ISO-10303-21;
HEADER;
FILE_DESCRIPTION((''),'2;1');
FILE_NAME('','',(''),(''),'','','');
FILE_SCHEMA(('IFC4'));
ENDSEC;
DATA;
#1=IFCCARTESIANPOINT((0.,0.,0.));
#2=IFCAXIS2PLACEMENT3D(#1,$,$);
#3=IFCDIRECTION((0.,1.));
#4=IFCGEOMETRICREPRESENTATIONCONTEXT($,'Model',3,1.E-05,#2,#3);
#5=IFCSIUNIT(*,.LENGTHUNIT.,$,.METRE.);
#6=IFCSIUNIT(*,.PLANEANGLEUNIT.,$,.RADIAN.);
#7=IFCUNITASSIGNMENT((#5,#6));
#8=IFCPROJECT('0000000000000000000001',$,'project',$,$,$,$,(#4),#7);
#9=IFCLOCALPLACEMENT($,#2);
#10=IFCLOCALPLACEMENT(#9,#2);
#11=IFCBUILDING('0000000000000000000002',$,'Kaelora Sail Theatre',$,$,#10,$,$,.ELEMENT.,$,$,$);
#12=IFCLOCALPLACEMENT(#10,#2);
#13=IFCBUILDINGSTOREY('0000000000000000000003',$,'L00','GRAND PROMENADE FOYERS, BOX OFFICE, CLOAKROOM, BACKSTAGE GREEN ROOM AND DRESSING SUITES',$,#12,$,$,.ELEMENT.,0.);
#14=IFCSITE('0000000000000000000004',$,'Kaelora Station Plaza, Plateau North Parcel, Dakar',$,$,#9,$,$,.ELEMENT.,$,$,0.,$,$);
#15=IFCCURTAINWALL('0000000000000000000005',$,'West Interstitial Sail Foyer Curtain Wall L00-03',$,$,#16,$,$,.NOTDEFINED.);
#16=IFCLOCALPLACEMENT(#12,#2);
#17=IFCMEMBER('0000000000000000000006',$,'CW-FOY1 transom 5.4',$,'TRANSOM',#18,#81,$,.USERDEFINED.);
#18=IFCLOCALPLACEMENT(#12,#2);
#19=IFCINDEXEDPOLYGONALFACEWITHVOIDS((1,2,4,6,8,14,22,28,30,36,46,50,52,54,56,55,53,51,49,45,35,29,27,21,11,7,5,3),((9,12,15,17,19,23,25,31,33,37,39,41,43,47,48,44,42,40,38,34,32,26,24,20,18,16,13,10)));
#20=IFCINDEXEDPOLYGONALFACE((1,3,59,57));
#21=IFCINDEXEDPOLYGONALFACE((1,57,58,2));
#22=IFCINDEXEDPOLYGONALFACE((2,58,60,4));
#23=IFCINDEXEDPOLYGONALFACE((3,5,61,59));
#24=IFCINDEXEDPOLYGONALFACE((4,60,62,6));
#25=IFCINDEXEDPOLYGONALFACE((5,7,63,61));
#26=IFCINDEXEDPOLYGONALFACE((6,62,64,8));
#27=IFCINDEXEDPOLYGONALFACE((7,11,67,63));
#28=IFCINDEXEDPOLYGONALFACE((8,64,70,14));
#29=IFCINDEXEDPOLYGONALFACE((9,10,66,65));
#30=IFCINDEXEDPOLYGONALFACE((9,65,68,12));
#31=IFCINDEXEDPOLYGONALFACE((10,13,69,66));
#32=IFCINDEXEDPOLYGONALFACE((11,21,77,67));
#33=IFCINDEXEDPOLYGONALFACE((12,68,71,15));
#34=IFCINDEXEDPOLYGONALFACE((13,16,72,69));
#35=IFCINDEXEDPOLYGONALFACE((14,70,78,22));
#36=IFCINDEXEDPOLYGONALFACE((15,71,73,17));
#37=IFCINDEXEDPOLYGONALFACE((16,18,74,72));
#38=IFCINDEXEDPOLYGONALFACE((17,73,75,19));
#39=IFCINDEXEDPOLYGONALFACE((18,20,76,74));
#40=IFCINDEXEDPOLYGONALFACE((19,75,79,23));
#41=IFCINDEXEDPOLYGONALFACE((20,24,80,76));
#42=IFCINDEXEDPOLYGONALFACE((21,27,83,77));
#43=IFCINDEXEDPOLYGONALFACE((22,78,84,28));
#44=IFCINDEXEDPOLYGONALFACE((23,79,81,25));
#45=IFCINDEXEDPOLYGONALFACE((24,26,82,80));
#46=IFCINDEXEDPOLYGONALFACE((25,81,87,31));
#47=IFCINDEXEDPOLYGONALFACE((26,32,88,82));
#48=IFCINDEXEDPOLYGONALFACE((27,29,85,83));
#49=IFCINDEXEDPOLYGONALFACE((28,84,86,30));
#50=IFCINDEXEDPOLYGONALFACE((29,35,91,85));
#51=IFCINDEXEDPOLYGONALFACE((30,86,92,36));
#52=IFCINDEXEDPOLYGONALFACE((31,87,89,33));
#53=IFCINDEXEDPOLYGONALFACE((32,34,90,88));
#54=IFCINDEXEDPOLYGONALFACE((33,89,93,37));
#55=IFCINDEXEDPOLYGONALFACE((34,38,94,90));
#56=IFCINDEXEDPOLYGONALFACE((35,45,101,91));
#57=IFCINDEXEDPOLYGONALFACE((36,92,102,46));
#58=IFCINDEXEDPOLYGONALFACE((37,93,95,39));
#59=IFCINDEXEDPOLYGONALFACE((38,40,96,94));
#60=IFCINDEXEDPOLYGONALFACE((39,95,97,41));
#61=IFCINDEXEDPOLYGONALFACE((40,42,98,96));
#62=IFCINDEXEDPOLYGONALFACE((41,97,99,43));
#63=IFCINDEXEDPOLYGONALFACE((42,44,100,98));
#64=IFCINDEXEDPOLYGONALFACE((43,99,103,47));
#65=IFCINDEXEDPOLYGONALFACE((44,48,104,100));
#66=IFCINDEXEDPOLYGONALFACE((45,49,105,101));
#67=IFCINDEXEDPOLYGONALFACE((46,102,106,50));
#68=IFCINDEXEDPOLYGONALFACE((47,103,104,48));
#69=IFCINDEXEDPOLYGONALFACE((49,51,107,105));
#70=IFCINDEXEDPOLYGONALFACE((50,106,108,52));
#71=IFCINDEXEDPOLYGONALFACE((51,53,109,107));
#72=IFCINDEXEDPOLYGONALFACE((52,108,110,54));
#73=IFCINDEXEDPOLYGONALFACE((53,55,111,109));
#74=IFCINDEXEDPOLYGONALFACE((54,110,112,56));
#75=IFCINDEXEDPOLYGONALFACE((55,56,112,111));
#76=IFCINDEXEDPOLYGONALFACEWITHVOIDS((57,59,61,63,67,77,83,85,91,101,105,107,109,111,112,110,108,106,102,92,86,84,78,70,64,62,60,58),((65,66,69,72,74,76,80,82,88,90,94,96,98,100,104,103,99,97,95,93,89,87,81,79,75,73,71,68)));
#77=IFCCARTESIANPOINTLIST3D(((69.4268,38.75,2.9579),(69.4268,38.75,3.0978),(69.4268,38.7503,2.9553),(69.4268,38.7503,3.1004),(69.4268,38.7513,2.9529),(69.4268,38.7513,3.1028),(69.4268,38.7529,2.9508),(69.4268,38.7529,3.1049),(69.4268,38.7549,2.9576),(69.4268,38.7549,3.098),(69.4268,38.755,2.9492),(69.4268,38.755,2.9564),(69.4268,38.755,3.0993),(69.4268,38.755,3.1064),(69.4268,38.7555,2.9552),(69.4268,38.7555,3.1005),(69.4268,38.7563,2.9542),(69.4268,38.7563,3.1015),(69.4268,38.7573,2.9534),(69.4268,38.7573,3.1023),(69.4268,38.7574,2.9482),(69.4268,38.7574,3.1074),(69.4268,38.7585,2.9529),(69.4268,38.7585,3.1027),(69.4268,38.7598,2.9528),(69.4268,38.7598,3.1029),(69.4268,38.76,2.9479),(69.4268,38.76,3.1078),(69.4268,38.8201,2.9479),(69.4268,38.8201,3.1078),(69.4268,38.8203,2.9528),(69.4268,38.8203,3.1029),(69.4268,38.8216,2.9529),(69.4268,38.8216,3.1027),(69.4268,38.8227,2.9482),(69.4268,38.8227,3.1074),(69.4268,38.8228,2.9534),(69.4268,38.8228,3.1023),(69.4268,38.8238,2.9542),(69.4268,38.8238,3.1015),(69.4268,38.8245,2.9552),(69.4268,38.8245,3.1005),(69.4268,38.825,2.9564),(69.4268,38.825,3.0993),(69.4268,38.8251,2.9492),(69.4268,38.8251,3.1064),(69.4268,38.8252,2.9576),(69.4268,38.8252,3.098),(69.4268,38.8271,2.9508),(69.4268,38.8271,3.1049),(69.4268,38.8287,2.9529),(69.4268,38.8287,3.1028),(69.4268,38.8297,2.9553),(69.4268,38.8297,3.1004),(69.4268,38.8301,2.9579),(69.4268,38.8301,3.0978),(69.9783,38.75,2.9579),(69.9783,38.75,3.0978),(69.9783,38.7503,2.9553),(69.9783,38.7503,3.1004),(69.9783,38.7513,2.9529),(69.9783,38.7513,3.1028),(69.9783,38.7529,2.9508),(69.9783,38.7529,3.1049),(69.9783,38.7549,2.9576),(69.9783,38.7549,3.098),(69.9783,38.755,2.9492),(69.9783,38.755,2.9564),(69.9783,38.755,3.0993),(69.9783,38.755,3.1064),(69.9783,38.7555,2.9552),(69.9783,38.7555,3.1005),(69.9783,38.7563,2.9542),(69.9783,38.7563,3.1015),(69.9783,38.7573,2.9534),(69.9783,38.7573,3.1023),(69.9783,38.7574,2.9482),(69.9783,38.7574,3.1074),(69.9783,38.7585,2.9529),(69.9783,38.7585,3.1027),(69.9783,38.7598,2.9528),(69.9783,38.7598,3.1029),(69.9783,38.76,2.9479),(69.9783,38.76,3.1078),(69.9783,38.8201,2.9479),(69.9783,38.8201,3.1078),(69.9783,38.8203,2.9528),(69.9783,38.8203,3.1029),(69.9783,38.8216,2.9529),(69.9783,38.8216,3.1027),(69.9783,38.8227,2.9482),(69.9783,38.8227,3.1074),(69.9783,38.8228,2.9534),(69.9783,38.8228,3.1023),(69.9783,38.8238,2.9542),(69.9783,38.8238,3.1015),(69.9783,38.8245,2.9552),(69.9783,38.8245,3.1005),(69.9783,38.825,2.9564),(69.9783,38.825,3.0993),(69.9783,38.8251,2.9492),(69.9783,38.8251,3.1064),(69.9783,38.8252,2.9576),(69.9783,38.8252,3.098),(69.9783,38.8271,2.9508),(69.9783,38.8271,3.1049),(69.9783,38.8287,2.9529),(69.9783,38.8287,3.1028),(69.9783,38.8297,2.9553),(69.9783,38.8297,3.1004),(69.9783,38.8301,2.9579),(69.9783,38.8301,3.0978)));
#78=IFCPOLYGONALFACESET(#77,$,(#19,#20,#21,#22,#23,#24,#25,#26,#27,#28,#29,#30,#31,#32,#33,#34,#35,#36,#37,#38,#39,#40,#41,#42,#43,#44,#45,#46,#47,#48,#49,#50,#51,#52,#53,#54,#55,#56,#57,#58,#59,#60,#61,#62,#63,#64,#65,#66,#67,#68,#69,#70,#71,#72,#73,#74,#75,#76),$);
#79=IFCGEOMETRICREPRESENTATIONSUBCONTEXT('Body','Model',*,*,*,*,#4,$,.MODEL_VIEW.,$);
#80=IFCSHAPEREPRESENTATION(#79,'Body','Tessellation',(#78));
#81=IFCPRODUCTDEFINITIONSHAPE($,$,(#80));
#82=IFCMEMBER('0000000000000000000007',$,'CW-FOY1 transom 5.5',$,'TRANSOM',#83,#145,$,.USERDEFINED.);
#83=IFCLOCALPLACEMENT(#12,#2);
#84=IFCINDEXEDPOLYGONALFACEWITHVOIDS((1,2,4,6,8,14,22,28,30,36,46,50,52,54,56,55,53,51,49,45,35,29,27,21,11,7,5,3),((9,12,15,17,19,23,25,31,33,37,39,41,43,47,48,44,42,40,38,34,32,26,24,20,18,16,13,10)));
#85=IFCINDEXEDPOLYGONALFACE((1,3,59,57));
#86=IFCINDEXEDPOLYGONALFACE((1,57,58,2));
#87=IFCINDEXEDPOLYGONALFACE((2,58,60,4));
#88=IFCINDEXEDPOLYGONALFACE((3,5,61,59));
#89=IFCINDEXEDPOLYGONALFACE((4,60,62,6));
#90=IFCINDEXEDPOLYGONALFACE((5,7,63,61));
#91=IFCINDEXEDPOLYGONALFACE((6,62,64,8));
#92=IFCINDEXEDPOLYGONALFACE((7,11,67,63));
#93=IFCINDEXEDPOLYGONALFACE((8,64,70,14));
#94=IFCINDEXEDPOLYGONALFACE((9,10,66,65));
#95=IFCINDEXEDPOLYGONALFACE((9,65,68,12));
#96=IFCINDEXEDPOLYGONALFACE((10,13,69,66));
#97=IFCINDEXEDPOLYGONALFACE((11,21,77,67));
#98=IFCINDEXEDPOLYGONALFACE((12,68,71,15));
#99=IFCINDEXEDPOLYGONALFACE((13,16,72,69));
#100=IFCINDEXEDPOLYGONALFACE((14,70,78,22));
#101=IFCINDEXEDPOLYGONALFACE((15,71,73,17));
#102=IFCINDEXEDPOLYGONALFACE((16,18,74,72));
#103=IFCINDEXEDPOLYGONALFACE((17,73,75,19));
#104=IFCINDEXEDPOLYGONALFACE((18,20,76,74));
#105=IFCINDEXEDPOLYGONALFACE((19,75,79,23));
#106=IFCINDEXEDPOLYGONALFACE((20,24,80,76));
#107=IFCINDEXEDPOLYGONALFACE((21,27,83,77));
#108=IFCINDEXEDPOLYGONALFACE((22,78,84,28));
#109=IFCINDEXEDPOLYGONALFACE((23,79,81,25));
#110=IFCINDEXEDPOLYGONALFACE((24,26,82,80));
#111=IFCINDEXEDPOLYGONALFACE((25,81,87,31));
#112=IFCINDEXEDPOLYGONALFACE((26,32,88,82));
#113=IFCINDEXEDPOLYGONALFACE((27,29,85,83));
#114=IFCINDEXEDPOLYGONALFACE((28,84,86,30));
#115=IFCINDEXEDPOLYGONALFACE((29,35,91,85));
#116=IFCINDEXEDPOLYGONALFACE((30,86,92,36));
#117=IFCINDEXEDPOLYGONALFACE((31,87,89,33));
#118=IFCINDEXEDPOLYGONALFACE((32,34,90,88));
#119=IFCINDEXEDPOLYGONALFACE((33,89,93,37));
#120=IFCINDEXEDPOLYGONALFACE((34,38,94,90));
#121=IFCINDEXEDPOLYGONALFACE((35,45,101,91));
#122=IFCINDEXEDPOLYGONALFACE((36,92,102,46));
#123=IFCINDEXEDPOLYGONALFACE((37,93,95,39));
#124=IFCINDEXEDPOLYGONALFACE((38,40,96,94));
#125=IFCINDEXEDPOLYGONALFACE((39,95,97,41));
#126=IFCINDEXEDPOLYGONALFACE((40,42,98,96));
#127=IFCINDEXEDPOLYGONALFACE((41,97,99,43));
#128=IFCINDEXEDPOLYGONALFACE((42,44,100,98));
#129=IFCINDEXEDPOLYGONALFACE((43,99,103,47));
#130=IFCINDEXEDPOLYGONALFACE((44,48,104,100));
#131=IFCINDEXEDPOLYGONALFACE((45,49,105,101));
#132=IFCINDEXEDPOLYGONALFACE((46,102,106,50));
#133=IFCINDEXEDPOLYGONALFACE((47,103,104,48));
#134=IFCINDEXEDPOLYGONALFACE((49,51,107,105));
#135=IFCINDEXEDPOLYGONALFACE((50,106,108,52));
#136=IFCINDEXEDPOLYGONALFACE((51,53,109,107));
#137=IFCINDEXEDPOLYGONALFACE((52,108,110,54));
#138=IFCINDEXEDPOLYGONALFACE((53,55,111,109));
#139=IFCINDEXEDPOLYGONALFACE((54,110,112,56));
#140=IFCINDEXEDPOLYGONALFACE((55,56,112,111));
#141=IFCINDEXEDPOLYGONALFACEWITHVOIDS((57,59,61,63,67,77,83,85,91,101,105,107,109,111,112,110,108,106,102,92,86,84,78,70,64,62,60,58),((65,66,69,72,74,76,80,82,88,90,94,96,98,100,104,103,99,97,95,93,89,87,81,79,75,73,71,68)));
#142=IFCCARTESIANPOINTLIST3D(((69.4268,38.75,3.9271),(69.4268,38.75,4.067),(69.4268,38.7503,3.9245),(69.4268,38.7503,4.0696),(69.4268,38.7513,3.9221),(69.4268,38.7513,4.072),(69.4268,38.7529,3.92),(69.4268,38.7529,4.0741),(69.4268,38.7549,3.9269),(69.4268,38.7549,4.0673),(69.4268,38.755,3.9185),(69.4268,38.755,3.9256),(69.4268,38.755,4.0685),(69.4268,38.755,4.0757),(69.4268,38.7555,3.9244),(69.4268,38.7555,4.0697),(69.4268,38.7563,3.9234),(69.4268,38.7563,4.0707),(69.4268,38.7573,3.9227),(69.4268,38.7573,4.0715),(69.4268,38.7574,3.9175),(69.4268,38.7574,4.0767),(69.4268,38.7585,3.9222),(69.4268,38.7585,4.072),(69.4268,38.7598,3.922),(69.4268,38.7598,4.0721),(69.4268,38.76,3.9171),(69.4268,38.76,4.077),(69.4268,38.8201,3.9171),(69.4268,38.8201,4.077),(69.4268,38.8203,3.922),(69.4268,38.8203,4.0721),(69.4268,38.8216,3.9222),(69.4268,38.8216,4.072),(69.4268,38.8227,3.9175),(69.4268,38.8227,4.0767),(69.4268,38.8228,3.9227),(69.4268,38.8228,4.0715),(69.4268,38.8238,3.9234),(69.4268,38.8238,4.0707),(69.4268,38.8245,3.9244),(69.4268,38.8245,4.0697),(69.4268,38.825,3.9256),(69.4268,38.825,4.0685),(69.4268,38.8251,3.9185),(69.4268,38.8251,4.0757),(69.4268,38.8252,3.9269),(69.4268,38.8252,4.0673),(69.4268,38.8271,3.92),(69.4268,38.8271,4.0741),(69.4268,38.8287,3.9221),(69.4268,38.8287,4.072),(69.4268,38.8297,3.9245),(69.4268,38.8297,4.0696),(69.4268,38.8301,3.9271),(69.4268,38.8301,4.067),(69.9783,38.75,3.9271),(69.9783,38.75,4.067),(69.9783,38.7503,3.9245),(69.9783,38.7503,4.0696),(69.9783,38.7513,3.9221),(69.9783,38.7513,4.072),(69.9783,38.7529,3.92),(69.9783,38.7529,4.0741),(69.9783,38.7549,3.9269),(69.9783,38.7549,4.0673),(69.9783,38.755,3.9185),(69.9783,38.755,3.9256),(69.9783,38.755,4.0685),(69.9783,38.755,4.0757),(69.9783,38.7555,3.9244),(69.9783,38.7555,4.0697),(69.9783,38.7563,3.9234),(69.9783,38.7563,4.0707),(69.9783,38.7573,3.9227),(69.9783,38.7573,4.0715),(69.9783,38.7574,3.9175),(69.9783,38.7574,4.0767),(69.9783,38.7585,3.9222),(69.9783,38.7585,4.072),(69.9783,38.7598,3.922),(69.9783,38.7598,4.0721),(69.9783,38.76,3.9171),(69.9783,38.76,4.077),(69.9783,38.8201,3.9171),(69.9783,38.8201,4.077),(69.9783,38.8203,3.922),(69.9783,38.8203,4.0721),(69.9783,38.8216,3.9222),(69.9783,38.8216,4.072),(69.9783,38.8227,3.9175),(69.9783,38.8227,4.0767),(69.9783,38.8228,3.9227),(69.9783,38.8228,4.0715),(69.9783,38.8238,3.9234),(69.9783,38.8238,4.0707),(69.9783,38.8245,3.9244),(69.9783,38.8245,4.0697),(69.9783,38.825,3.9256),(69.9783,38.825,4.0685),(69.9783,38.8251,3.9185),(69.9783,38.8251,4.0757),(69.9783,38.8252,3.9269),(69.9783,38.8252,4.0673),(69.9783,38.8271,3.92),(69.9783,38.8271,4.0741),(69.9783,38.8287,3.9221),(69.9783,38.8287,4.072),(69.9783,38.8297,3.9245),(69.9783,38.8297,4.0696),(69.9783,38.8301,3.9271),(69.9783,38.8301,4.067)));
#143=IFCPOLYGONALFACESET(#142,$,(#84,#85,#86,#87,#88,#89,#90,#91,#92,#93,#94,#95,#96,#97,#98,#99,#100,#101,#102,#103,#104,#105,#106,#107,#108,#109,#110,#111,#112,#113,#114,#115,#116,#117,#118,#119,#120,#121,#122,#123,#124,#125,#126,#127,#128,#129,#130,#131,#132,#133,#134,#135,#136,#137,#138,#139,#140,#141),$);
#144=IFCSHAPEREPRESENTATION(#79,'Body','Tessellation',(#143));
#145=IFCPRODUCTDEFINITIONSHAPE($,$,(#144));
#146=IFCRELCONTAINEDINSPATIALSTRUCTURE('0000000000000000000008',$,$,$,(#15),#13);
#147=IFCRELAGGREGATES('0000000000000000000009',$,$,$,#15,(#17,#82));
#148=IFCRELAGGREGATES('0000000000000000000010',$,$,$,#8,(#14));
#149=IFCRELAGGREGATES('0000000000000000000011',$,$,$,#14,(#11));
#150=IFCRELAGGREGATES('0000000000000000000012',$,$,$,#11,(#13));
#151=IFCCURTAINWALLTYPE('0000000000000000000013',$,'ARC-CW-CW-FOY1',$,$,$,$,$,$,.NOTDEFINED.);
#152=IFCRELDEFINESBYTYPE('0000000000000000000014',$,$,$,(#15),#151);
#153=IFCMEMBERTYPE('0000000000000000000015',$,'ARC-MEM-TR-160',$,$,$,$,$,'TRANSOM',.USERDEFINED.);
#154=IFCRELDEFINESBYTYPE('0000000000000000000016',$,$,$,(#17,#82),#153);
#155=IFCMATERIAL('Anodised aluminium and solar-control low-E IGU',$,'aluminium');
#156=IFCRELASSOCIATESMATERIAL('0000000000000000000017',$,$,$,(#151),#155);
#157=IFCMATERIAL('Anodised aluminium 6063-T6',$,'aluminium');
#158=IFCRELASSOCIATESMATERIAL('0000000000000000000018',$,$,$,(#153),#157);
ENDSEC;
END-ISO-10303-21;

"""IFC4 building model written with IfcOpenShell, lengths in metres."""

from ifc_helpers import new_model, si_unit, direction, frame, origin, origin_2d, place, context, subcontext, project, spatial, hollow_rectangle, extrude, material, material_profile, profile_set, type_object, element, aggregate, save


model = new_model("IFC4")

# Units and contexts
model_context = context("Model", 3, precision=1e-05, world=origin(), true_north=direction((0.0, 1.0)))
body_context = subcontext(model_context, "Body", "Model", "MODEL_VIEW")
ifc_project = project(units=[si_unit("LENGTHUNIT", "METRE"), si_unit("PLANEANGLEUNIT", "RADIAN")], contexts=[model_context])

# Site, building, storey
site_placement = place(None, origin())
site = spatial("IfcSite", under=ifc_project, at=site_placement, Name="Kaelora Station Plaza, Plateau North Parcel, Dakar", CompositionType="ELEMENT", RefElevation=0.0)
building_placement = place(site_placement, origin())
building = spatial("IfcBuilding", under=site, at=building_placement, Name="Kaelora Sail Theatre", CompositionType="ELEMENT")
storey_placement = place(building_placement, origin())
storey = spatial("IfcBuildingStorey", under=building, at=storey_placement, Name="L00", Description="GRAND PROMENADE FOYERS, BOX OFFICE, CLOAKROOM, BACKSTAGE GREEN ROOM AND DRESSING SUITES", CompositionType="ELEMENT", Elevation=0.0)

# Curtain wall, members
ifc_material_1 = material(Name="Anodised aluminium and solar-control low-E IGU", Category="aluminium")
curtain_wall_type = type_object("IfcCurtainWallType", Name="ARC-CW-CW-FOY1", PredefinedType="NOTDEFINED", material=ifc_material_1)
curtain_wall_placement = place(storey_placement, origin())
curtain_wall = element("IfcCurtainWall", 1, at=curtain_wall_placement, inside=storey, type_object=curtain_wall_type, Name="West Interstitial Sail Foyer Curtain Wall L00-03", PredefinedType="NOTDEFINED")
ifc_material_2 = material(Name="Anodised aluminium 6063-T6", Category="aluminium")
ifc_material_profile_1 = material_profile(ifc_material_2, hollow_rectangle(XDim=0.0801, YDim=0.1599, WallThickness=0.0049, InnerFilletRadius=0.0049, OuterFilletRadius=0.01, at=origin_2d()), Name="ALU-TRAN 80x160x5")
ifc_profile_set_1 = profile_set([ifc_material_profile_1], Name="Anodised aluminium 6063-T6")
member_type_1 = type_object("IfcMemberType", Name="ARC-MEM-TR-160", ElementType="TRANSOM", PredefinedType="USERDEFINED", material=ifc_profile_set_1)
member_1_placement = place(storey_placement, frame((69.4268, 38.79, 3.0278), z_axis=(1.0, 0.0, 0.0), x_axis=(0.0, 1.0, 0.0)))
member_1 = element("IfcMember", 2, at=member_1_placement, type_object=member_type_1, Name="CW-FOY1 transom 5.4", ObjectType="TRANSOM", PredefinedType="USERDEFINED", context=body_context, shape_type="SweptSolid", body=[
    extrude(hollow_rectangle(XDim=0.0801, YDim=0.1599, WallThickness=0.0049, InnerFilletRadius=0.0049, OuterFilletRadius=0.01, at=origin_2d()), origin(), (0.0, 0.0, 1.0), 0.5515),
])
member_2_placement = place(storey_placement, frame((69.4268, 38.79, 3.9971), z_axis=(1.0, 0.0, 0.0), x_axis=(0.0, 1.0, 0.0)))
member_2 = element("IfcMember", 3, at=member_2_placement, type_object=member_type_1, Name="CW-FOY1 transom 5.5", ObjectType="TRANSOM", PredefinedType="USERDEFINED", context=body_context, shape_type="SweptSolid", body=[
    extrude(hollow_rectangle(XDim=0.0801, YDim=0.1599, WallThickness=0.0049, InnerFilletRadius=0.0049, OuterFilletRadius=0.01, at=origin_2d()), origin(), (0.0, 0.0, 1.0), 0.5515),
])

aggregate(curtain_wall, [member_1, member_2])

save(model, "model.ifc")
